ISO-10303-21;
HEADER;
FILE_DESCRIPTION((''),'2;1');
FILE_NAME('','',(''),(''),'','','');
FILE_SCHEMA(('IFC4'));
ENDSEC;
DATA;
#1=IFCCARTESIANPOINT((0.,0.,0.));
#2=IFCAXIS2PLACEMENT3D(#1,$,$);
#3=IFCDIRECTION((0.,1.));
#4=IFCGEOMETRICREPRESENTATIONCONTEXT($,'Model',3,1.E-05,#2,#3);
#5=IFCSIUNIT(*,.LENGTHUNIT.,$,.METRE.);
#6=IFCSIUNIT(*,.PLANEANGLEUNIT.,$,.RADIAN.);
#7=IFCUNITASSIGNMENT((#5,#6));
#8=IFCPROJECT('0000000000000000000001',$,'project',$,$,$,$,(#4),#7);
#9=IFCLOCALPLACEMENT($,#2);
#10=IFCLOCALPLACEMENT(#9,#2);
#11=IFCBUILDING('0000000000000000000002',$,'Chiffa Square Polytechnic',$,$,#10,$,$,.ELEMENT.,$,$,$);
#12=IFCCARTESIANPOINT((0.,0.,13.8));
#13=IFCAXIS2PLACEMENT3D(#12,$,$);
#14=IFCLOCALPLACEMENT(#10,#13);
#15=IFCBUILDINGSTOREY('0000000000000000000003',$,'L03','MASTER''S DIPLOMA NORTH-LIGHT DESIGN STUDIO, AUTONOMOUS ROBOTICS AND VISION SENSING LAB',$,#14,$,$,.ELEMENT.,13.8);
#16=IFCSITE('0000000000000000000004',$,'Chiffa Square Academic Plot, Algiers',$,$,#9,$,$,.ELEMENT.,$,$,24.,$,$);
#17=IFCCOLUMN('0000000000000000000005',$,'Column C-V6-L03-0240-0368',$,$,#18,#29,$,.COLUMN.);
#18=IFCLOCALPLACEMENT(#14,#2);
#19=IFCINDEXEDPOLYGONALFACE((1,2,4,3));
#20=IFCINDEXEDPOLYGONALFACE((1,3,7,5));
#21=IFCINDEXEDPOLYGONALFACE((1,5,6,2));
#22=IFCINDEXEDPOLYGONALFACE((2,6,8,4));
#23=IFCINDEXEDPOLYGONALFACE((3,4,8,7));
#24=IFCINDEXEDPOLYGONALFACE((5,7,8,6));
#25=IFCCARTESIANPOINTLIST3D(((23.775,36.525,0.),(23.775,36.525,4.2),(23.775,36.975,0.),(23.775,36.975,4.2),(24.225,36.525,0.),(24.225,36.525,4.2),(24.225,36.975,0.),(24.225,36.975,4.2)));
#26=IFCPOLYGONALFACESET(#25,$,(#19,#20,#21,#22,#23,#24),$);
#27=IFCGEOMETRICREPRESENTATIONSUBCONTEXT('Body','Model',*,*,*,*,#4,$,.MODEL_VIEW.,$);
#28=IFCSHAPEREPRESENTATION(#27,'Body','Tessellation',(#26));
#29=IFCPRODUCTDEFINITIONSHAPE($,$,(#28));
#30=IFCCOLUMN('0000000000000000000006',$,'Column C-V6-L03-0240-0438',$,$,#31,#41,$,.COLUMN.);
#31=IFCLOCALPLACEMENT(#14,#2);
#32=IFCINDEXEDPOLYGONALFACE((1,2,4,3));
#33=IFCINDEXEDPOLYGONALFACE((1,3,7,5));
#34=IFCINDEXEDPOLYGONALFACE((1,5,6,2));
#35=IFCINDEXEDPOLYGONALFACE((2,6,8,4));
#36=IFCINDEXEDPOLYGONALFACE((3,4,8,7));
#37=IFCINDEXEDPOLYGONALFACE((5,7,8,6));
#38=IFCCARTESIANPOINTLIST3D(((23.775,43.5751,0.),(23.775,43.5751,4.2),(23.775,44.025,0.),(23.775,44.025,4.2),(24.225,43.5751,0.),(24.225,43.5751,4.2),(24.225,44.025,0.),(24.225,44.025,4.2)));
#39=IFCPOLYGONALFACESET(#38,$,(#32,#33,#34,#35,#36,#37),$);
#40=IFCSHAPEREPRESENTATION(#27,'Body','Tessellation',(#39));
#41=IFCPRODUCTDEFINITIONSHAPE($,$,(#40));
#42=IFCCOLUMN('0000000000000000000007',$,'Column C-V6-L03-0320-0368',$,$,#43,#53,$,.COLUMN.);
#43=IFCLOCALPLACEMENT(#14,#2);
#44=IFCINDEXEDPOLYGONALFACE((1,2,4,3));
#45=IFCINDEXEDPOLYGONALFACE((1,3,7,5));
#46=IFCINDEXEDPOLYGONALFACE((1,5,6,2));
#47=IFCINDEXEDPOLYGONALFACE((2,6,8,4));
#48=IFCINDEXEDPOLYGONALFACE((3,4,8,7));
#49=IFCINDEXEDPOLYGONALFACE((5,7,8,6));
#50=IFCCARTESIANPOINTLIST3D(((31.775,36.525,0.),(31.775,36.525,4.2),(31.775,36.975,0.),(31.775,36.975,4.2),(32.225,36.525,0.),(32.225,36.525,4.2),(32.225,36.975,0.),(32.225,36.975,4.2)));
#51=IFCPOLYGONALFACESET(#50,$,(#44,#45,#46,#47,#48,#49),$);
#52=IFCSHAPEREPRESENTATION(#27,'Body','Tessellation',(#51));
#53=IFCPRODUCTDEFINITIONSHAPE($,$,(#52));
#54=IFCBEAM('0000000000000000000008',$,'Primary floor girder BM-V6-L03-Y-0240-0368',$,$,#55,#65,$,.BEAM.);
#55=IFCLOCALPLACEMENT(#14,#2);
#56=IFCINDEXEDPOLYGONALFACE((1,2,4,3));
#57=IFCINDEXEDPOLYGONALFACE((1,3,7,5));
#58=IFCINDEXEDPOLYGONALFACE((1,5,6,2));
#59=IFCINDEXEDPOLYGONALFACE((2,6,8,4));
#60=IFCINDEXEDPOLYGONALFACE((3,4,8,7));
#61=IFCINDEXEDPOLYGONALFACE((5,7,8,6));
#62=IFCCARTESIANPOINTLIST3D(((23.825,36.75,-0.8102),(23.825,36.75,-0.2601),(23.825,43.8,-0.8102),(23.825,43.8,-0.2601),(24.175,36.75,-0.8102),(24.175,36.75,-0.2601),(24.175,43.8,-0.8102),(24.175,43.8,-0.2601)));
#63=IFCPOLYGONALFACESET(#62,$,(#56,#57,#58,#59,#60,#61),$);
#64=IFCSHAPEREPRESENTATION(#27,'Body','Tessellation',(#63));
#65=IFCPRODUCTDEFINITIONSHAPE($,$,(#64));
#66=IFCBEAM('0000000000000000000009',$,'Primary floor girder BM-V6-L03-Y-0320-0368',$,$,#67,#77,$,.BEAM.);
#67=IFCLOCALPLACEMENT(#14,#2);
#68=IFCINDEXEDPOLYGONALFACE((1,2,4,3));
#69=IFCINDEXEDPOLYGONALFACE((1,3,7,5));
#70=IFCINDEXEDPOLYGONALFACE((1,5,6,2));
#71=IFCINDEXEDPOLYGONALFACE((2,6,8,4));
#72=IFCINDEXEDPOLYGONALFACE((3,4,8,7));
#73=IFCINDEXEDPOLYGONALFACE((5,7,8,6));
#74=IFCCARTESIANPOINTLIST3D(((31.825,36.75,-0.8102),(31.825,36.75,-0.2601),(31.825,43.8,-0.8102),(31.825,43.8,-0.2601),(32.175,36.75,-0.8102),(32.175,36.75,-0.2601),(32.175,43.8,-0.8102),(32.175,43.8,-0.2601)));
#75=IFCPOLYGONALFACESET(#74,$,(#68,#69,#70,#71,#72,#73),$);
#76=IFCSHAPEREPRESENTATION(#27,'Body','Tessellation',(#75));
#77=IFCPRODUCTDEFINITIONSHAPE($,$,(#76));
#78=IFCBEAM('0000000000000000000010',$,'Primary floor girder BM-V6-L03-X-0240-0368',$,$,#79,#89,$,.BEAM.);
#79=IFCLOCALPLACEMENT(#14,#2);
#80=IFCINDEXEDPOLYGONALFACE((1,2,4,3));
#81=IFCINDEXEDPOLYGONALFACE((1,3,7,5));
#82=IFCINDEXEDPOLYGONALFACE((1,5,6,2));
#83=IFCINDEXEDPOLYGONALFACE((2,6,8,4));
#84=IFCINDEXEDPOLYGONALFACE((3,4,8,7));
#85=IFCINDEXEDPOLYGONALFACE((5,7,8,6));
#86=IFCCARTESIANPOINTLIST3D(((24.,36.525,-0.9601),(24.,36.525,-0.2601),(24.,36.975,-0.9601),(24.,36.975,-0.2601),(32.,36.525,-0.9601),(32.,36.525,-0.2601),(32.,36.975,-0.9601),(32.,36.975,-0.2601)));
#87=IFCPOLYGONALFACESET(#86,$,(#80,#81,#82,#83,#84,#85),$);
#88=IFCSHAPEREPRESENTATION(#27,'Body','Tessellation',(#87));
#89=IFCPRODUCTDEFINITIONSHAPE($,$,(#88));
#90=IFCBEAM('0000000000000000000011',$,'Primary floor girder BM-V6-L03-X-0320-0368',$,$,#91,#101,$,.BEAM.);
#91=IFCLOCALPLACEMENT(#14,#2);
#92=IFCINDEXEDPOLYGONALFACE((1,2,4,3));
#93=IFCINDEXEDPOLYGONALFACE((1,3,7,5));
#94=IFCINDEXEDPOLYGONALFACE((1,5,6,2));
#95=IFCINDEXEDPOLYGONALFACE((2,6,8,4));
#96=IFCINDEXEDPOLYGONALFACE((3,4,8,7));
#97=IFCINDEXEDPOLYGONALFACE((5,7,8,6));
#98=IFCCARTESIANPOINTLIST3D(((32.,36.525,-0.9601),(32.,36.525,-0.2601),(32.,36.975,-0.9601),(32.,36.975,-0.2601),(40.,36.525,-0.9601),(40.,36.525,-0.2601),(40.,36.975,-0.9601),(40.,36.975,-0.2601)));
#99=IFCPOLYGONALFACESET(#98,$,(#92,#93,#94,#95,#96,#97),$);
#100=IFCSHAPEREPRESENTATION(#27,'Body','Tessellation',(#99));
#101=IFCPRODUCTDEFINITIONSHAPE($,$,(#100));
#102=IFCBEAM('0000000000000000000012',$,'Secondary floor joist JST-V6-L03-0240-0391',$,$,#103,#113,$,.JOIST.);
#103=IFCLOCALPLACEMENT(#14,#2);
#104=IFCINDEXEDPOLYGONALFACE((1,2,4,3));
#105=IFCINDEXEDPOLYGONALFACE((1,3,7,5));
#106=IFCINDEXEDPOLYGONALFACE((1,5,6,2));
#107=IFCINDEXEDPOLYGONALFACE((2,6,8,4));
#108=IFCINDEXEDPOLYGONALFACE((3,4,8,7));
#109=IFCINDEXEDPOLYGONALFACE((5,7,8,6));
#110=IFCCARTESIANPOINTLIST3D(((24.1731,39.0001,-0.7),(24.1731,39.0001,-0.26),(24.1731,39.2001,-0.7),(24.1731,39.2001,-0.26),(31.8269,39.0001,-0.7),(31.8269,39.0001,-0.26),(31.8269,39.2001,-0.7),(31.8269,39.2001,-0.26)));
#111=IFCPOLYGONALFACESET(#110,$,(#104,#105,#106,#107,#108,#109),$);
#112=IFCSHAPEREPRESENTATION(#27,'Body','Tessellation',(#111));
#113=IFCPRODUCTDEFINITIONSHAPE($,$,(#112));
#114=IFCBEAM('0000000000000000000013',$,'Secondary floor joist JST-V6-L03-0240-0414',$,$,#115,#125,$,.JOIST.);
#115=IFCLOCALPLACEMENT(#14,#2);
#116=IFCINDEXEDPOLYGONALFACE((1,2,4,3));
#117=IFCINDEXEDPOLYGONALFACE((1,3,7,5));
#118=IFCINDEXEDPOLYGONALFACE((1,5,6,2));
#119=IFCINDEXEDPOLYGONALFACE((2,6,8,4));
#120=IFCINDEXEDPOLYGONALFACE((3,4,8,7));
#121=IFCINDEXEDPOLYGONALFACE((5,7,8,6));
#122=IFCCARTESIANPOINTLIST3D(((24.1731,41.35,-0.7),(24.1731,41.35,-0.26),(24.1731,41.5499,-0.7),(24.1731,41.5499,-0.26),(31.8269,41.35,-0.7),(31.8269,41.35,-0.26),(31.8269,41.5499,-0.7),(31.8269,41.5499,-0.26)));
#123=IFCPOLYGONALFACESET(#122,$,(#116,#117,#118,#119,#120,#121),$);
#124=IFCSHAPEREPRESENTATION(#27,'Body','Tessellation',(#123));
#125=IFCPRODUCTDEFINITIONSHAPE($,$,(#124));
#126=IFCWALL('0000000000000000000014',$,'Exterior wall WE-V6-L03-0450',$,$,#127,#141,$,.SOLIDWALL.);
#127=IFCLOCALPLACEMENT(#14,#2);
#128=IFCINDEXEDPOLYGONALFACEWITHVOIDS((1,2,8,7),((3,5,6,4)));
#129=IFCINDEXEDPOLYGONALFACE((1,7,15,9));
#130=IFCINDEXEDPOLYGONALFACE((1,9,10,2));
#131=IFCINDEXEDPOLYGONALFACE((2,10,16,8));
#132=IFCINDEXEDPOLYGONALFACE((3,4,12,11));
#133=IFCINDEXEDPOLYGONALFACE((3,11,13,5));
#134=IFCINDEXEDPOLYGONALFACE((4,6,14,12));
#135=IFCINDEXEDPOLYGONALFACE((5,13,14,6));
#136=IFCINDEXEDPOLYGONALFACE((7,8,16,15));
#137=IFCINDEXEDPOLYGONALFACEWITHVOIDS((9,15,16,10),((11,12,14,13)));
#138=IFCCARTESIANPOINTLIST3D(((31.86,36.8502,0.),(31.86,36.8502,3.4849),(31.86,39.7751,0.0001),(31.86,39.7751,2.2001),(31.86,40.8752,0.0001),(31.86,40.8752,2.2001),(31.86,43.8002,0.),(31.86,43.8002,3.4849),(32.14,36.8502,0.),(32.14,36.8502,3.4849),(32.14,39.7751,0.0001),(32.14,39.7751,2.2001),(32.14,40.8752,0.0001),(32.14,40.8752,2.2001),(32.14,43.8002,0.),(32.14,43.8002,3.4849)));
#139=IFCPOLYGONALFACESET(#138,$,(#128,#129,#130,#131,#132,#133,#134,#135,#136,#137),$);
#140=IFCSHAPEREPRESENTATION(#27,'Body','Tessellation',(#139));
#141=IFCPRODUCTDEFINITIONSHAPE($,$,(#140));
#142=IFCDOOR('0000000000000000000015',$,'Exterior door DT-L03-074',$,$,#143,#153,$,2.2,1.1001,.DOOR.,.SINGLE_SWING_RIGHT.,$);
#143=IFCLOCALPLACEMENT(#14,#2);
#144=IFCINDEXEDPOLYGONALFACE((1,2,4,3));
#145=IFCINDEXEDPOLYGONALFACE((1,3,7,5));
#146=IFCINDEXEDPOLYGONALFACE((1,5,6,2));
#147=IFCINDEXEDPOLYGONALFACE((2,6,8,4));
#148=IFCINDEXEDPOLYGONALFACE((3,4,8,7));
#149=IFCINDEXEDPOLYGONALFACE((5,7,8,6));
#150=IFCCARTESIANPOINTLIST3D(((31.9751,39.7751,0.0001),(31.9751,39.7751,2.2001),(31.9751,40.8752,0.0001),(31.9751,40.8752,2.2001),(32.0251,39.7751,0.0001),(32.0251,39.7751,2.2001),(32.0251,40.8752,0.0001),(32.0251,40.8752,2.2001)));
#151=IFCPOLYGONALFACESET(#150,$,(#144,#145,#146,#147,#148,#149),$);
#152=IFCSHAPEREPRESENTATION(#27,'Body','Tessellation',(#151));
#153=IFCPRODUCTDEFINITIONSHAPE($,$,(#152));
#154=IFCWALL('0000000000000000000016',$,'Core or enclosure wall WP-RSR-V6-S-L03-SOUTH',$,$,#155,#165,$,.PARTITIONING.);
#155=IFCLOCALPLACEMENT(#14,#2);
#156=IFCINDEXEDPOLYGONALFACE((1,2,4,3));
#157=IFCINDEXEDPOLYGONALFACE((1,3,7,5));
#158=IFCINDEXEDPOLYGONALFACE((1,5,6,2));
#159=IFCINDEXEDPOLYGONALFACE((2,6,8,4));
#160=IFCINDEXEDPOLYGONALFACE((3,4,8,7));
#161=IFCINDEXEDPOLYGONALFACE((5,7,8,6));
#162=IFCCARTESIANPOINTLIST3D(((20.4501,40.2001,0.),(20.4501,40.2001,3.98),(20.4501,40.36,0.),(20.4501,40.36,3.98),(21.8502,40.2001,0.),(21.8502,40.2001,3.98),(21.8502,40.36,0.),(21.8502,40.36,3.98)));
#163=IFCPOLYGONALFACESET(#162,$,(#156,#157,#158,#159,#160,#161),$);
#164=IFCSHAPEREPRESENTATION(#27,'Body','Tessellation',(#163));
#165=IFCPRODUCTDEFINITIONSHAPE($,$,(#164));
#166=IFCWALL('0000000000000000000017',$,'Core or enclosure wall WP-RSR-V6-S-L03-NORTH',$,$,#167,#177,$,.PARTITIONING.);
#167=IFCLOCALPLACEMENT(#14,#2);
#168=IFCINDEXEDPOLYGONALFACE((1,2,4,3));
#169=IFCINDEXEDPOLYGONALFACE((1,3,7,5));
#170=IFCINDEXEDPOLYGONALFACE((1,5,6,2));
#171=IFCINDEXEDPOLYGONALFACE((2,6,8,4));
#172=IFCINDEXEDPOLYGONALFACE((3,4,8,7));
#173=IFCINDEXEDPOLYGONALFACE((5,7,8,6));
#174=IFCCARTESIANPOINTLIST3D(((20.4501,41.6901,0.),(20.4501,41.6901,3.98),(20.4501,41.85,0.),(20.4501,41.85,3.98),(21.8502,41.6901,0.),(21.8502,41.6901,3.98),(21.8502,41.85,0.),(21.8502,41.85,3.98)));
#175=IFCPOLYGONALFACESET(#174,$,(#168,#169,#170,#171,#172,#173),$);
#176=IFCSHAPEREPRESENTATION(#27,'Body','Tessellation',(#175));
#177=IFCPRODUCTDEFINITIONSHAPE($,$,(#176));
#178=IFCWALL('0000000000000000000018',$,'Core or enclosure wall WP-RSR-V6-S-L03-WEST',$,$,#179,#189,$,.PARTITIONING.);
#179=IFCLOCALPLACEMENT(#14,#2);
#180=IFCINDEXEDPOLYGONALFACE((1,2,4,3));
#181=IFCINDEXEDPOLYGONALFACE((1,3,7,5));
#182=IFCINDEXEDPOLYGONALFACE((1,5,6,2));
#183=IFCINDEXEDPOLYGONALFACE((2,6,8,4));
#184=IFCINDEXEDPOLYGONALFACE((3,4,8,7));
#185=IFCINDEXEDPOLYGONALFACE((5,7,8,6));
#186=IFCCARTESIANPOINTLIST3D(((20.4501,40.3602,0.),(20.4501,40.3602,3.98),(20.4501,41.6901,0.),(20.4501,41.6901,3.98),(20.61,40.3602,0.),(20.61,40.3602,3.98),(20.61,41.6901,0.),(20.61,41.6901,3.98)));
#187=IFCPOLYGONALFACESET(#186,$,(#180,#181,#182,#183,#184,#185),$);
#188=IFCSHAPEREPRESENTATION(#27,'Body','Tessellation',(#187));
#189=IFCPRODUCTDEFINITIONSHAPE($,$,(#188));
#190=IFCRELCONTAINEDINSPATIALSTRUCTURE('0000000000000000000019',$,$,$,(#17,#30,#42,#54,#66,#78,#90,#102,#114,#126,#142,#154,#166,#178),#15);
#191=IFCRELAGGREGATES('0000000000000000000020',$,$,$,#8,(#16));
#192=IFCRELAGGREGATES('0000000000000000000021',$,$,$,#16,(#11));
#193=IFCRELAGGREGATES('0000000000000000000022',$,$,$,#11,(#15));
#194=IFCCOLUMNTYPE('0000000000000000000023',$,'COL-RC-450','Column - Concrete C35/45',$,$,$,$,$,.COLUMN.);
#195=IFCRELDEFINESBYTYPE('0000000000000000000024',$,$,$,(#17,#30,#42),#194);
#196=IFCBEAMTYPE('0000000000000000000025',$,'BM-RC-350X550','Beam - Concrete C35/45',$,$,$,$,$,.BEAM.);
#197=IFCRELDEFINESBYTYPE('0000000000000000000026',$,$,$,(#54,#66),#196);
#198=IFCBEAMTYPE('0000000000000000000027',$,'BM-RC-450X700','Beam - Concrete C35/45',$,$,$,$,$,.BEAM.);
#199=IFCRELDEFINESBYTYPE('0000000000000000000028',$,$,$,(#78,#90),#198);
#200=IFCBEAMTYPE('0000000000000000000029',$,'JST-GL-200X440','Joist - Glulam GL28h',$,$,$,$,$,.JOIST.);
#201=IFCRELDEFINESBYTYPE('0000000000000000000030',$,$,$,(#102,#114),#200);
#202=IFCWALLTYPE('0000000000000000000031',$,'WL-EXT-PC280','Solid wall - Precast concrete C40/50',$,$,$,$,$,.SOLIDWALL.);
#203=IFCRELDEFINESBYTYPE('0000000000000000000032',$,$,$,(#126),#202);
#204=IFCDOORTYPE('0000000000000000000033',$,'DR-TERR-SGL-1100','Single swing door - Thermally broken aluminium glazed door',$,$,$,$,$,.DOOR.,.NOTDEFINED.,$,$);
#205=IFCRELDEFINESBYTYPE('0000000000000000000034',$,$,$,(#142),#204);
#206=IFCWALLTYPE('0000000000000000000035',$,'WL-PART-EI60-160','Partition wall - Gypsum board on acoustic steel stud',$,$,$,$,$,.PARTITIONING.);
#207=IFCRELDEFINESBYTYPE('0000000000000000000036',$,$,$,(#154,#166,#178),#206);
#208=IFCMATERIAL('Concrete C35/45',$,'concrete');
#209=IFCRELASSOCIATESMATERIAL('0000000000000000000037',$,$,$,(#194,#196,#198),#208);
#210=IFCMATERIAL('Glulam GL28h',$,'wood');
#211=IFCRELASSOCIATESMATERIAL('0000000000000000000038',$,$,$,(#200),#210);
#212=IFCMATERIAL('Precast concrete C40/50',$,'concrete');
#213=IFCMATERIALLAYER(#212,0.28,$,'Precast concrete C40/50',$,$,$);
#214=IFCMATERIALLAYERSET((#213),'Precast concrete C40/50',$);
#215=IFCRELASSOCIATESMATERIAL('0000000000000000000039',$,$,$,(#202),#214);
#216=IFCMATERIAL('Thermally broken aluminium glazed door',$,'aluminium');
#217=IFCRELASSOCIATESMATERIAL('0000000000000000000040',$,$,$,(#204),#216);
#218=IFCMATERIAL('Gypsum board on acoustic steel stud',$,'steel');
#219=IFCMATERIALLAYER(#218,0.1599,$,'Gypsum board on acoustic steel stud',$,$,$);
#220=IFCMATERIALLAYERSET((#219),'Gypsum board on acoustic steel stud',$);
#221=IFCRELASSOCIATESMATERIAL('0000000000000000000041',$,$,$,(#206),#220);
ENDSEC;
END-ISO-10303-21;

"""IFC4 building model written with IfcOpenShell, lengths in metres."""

from ifc_helpers import new_model, si_unit, direction, frame, frame_2d, origin, origin_2d, place, context, subcontext, project, spatial, rectangle, extrude, material, layer, layer_set, material_profile, profile_set, type_object, element, fill, save


model = new_model("IFC4")

# Units and contexts
model_context = context("Model", 3, precision=1e-05, world=origin(), true_north=direction((0.0, 1.0)))
body_context = subcontext(model_context, "Body", "Model", "MODEL_VIEW")
ifc_project = project(units=[si_unit("LENGTHUNIT", "METRE"), si_unit("PLANEANGLEUNIT", "RADIAN")], contexts=[model_context])

# Site, building, storey
site_placement = place(None, origin())
site = spatial("IfcSite", under=ifc_project, at=site_placement, Name="Chiffa Square Academic Plot, Algiers", CompositionType="ELEMENT", RefElevation=24.0)
building_placement = place(site_placement, origin())
building = spatial("IfcBuilding", under=site, at=building_placement, Name="Chiffa Square Polytechnic", CompositionType="ELEMENT")
storey_placement = place(building_placement, frame((0.0, 0.0, 13.8)))
storey = spatial("IfcBuildingStorey", under=building, at=storey_placement, Name="L03", Description="MASTER'S DIPLOMA NORTH-LIGHT DESIGN STUDIO, AUTONOMOUS ROBOTICS AND VISION SENSING LAB", CompositionType="ELEMENT", Elevation=13.8)

# Columns
ifc_material_1 = material(Name="Concrete C35/45", Category="concrete")
ifc_material_profile_1 = material_profile(ifc_material_1, rectangle(XDim=0.45, YDim=0.45, at=origin_2d()), Name="RC 450x450")
ifc_profile_set_1 = profile_set([ifc_material_profile_1], Name="Concrete C35/45")
column_type = type_object("IfcColumnType", Name="COL-RC-450", Description="Column - Concrete C35/45", PredefinedType="COLUMN", material=ifc_profile_set_1)
for number, where, z_axis, x_axis, name in (
    (1, (24.0, 36.75, 0.0), (0.0, 0.0, 1.0), (1.0, 0.0, 0.0), "Column C-V6-L03-0240-0368"),
    (2, (24.0, 43.8, 0.0), (0.0, 0.0, 1.0), (1.0, 0.0, 0.0), "Column C-V6-L03-0240-0438"),
    (3, (32.0, 36.75, 0.0), (0.0, 0.0, 1.0), (1.0, 0.0, 0.0), "Column C-V6-L03-0320-0368"),
):
    element("IfcColumn", number, at=place(storey_placement, frame(where, z_axis=z_axis, x_axis=x_axis)), inside=storey, type_object=column_type, Name=name, PredefinedType="COLUMN", context=body_context, shape_type="SweptSolid", body=[
        extrude(rectangle(XDim=0.45, YDim=0.45, at=origin_2d()), origin(), (0.0, 0.0, 1.0), 4.2),
    ])

# Beams
ifc_material_profile_2 = material_profile(ifc_material_1, rectangle(XDim=0.3501, YDim=0.55, at=origin_2d()), Name="RC 350x550")
ifc_profile_set_2 = profile_set([ifc_material_profile_2], Name="Concrete C35/45")
beam_type_1 = type_object("IfcBeamType", Name="BM-RC-350X550", Description="Beam - Concrete C35/45", PredefinedType="BEAM", material=ifc_profile_set_2)
for number, where, z_axis, x_axis, name in (
    (4, (24.0, 36.75, -0.5352), (0.0, 1.0, 0.0), (-1.0, 0.0, 0.0), "Primary floor girder BM-V6-L03-Y-0240-0368"),
    (5, (32.0, 36.75, -0.5352), (0.0, 1.0, 0.0), (-1.0, 0.0, 0.0), "Primary floor girder BM-V6-L03-Y-0320-0368"),
):
    element("IfcBeam", number, at=place(storey_placement, frame(where, z_axis=z_axis, x_axis=x_axis)), inside=storey, type_object=beam_type_1, Name=name, PredefinedType="BEAM", context=body_context, shape_type="SweptSolid", body=[
        extrude(rectangle(XDim=0.3501, YDim=0.55, at=origin_2d()), origin(), (0.0, 0.0, 1.0), 7.05),
    ])
ifc_material_profile_3 = material_profile(ifc_material_1, rectangle(XDim=0.45, YDim=0.7, at=origin_2d()), Name="RC 450x700")
ifc_profile_set_3 = profile_set([ifc_material_profile_3], Name="Concrete C35/45")
beam_type_2 = type_object("IfcBeamType", Name="BM-RC-450X700", Description="Beam - Concrete C35/45", PredefinedType="BEAM", material=ifc_profile_set_3)
for number, where, z_axis, x_axis, name in (
    (6, (24.0, 36.75, -0.6101), (1.0, 0.0, 0.0), (0.0, 1.0, 0.0), "Primary floor girder BM-V6-L03-X-0240-0368"),
    (7, (32.0, 36.75, -0.6101), (1.0, 0.0, 0.0), (0.0, 1.0, 0.0), "Primary floor girder BM-V6-L03-X-0320-0368"),
):
    element("IfcBeam", number, at=place(storey_placement, frame(where, z_axis=z_axis, x_axis=x_axis)), inside=storey, type_object=beam_type_2, Name=name, PredefinedType="BEAM", context=body_context, shape_type="SweptSolid", body=[
        extrude(rectangle(XDim=0.45, YDim=0.7, at=origin_2d()), origin(), (0.0, 0.0, 1.0), 8.0),
    ])
ifc_material_2 = material(Name="Glulam GL28h", Category="wood")
ifc_material_profile_4 = material_profile(ifc_material_2, rectangle(XDim=0.2, YDim=0.4399, at=origin_2d()), Name="GL28h 200x440")
ifc_profile_set_4 = profile_set([ifc_material_profile_4], Name="Glulam GL28h")
beam_type_3 = type_object("IfcBeamType", Name="JST-GL-200X440", Description="Joist - Glulam GL28h", PredefinedType="JOIST", material=ifc_profile_set_4)
for number, where, z_axis, x_axis, name in (
    (8, (24.1731, 39.1001, -0.48), (1.0, 0.0, 0.0), (0.0, 1.0, 0.0), "Secondary floor joist JST-V6-L03-0240-0391"),
    (9, (24.1731, 41.45, -0.48), (1.0, 0.0, 0.0), (0.0, 1.0, 0.0), "Secondary floor joist JST-V6-L03-0240-0414"),
):
    element("IfcBeam", number, at=place(storey_placement, frame(where, z_axis=z_axis, x_axis=x_axis)), inside=storey, type_object=beam_type_3, Name=name, PredefinedType="JOIST", context=body_context, shape_type="SweptSolid", body=[
        extrude(rectangle(XDim=0.2, YDim=0.4399, at=origin_2d()), origin(), (0.0, 0.0, 1.0), 7.6538),
    ])

# Wall, opening, door
ifc_material_3 = material(Name="Precast concrete C40/50", Category="concrete")
ifc_layer_1 = layer(ifc_material_3, 0.28, Name="Precast concrete C40/50")
ifc_layer_set_1 = layer_set([ifc_layer_1], Name="Precast concrete C40/50")
wall_type_1 = type_object("IfcWallType", Name="WL-EXT-PC280", Description="Solid wall - Precast concrete C40/50", PredefinedType="SOLIDWALL", material=ifc_layer_set_1)
wall_1_placement = place(storey_placement, frame((32.0, 36.8501, 0.0), z_axis=(0.0, 0.0, 1.0), x_axis=(0.0, 1.0, 0.0)))
wall_1 = element("IfcWall", 10, at=wall_1_placement, inside=storey, type_object=wall_type_1, Name="Exterior wall WE-V6-L03-0450", PredefinedType="SOLIDWALL", context=body_context, shape_type="SweptSolid", body=[
    extrude(rectangle(XDim=6.95, YDim=0.28, at=frame_2d((3.4751, 0.0))), origin(), (0.0, 0.0, 1.0), 3.4849),
])
opening_1_placement = place(wall_1_placement, frame((2.925, 0.0, 0.0)))
opening_1 = element("IfcOpeningElement", 11, at=opening_1_placement, cuts=wall_1, PredefinedType="OPENING", context=body_context, shape_type="SweptSolid", body=[
    extrude(rectangle(XDim=1.1001, YDim=2.2, at=frame_2d((0.55, 1.1001))), frame((0.0, 0.1499, 0.0), z_axis=(0.0, -1.0, 0.0), x_axis=(1.0, 0.0, 0.0)), (0.0, 0.0, 1.0), 0.3),
])
ifc_material_4 = material(Name="Thermally broken aluminium glazed door", Category="aluminium")
door_type_1 = type_object("IfcDoorType", Name="DR-TERR-SGL-1100", Description="Single swing door - Thermally broken aluminium glazed door", OperationType="NOTDEFINED", PredefinedType="DOOR", material=ifc_material_4)
door_1_placement = place(opening_1_placement, origin())
door_1 = element("IfcDoor", 12, at=door_1_placement, inside=storey, type_object=door_type_1, Name="Exterior door DT-L03-074", OperationType="SINGLE_SWING_RIGHT", OverallHeight=2.2, OverallWidth=1.1001, PredefinedType="DOOR", context=body_context, shape_type="SweptSolid", body=[
    extrude(rectangle(XDim=1.1001, YDim=2.2, at=frame_2d((0.55, 1.1001))), frame((0.0, 0.0249, 0.0), z_axis=(0.0, -1.0, 0.0), x_axis=(1.0, 0.0, 0.0)), (0.0, 0.0, 1.0), 0.05),
])
fill(opening_1, door_1)

# Walls
ifc_material_5 = material(Name="Gypsum board on acoustic steel stud", Category="steel")
ifc_layer_2 = layer(ifc_material_5, 0.1599, Name="Gypsum board on acoustic steel stud")
ifc_layer_set_2 = layer_set([ifc_layer_2], Name="Gypsum board on acoustic steel stud")
wall_type_2 = type_object("IfcWallType", Name="WL-PART-EI60-160", Description="Partition wall - Gypsum board on acoustic steel stud", PredefinedType="PARTITIONING", material=ifc_layer_set_2)
for number, where, z_axis, x_axis, name in (
    (13, (20.45, 40.28, 0.0), (0.0, 0.0, 1.0), (1.0, 0.0, 0.0), "Core or enclosure wall WP-RSR-V6-S-L03-SOUTH"),
    (14, (20.45, 41.77, 0.0), (0.0, 0.0, 1.0), (1.0, 0.0, 0.0), "Core or enclosure wall WP-RSR-V6-S-L03-NORTH"),
):
    element("IfcWall", number, at=place(storey_placement, frame(where, z_axis=z_axis, x_axis=x_axis)), inside=storey, type_object=wall_type_2, Name=name, PredefinedType="PARTITIONING", context=body_context, shape_type="SweptSolid", body=[
        extrude(rectangle(XDim=1.4001, YDim=0.1599, at=frame_2d((0.7002, 0.0))), origin(), (0.0, 0.0, 1.0), 3.98),
    ])
wall_2_placement = place(storey_placement, frame((20.53, 40.3601, 0.0), z_axis=(0.0, 0.0, 1.0), x_axis=(0.0, 1.0, 0.0)))
element("IfcWall", 15, at=wall_2_placement, inside=storey, type_object=wall_type_2, Name="Core or enclosure wall WP-RSR-V6-S-L03-WEST", PredefinedType="PARTITIONING", context=body_context, shape_type="SweptSolid", body=[
    extrude(rectangle(XDim=1.3298, YDim=0.1599, at=frame_2d((0.665, 0.0))), origin(), (0.0, 0.0, 1.0), 3.98),
])

save(model, "model.ifc")
